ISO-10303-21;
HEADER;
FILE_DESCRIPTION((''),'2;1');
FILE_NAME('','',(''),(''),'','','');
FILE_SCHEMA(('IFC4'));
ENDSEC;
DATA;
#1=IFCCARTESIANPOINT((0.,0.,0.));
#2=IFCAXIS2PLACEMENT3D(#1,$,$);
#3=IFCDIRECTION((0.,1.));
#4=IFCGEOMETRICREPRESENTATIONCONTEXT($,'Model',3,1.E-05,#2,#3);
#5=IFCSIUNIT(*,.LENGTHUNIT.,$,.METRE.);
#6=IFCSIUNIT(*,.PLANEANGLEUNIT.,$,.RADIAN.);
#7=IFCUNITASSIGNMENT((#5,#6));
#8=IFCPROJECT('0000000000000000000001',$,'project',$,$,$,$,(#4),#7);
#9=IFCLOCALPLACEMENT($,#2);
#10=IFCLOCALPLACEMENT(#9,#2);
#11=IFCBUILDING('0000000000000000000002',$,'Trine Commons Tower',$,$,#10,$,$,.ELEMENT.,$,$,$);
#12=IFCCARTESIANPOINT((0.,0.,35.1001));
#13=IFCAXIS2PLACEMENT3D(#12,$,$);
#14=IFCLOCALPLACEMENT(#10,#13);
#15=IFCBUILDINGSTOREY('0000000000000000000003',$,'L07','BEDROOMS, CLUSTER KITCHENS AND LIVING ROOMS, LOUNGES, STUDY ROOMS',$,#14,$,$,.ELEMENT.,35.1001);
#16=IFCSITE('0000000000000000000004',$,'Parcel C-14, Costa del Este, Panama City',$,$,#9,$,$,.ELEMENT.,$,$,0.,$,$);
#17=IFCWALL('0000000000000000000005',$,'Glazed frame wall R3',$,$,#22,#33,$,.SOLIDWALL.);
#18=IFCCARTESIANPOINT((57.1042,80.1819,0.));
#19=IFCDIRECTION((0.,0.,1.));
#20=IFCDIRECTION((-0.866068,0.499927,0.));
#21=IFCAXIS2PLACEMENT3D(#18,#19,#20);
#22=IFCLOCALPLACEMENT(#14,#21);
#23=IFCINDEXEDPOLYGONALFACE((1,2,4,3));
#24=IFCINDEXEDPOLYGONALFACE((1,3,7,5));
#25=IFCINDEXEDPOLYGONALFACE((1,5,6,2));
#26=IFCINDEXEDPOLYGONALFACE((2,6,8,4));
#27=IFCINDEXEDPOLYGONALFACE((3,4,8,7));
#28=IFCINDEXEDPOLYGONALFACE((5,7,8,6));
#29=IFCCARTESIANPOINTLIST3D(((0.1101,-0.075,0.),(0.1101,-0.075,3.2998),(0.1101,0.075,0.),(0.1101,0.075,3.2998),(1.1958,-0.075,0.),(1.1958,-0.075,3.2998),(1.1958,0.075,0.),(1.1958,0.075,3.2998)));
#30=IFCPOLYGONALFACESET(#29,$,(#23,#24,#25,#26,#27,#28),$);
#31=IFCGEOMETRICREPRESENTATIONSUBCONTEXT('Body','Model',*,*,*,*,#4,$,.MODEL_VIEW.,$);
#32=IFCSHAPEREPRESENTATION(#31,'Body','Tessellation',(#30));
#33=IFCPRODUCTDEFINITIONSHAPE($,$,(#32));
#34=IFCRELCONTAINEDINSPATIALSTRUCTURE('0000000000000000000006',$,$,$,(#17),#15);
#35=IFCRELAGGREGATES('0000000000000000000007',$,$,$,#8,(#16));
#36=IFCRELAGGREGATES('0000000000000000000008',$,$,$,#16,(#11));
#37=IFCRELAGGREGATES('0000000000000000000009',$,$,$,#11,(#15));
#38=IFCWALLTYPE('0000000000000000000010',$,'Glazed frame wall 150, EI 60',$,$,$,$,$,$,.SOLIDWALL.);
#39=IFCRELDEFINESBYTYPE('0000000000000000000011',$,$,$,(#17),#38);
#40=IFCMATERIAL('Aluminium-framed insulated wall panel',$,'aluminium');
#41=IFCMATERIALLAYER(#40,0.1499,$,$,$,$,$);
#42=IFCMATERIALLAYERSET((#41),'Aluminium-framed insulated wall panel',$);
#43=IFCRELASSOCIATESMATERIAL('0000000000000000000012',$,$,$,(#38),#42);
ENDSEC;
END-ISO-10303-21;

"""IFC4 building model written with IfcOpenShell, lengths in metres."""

from ifc_helpers import new_model, si_unit, direction, frame, origin, place, context, subcontext, project, spatial, polyline, outline, extrude, material, layer, layer_set, type_object, element, save


model = new_model("IFC4")

# Units and contexts
model_context = context("Model", 3, precision=1e-05, world=origin(), true_north=direction((0.0, 1.0)))
body_context = subcontext(model_context, "Body", "Model", "MODEL_VIEW")
ifc_project = project(units=[si_unit("LENGTHUNIT", "METRE"), si_unit("PLANEANGLEUNIT", "RADIAN")], contexts=[model_context])

# Site, building, storey
site_placement = place(None, origin())
site = spatial("IfcSite", under=ifc_project, at=site_placement, Name="Parcel C-14, Costa del Este, Panama City", CompositionType="ELEMENT", RefElevation=0.0)
building_placement = place(site_placement, origin())
building = spatial("IfcBuilding", under=site, at=building_placement, Name="Trine Commons Tower", CompositionType="ELEMENT")
storey_placement = place(building_placement, frame((0.0, 0.0, 35.1001)))
storey = spatial("IfcBuildingStorey", under=building, at=storey_placement, Name="L07", Description="BEDROOMS, CLUSTER KITCHENS AND LIVING ROOMS, LOUNGES, STUDY ROOMS", CompositionType="ELEMENT", Elevation=35.1001)

# Shared definitions
ifc_material_1 = material(Name="Aluminium-framed insulated wall panel", Category="aluminium")
ifc_layer = layer(ifc_material_1, 0.1499)
ifc_layer_set = layer_set([ifc_layer], Name="Aluminium-framed insulated wall panel")
wall_type = type_object("IfcWallType", Name="Glazed frame wall 150, EI 60", PredefinedType="SOLIDWALL", material=ifc_layer_set)

# Wall
wall_1_placement = place(storey_placement, frame((57.1042, 80.1819, 0.0), z_axis=(0.0, 0.0, 1.0), x_axis=(-0.866068, 0.499927, 0.0)))
element("IfcWall", 1, at=wall_1_placement, inside=storey, type_object=wall_type, Name="Glazed frame wall R3", PredefinedType="SOLIDWALL", context=body_context, shape_type="SweptSolid", body=[
    extrude(outline(polyline([(0.1101, 0.075), (0.1101, -0.075), (1.1958, -0.075), (1.1958, 0.075), (0.1101, 0.075)])), origin(), (0.0, 0.0, 1.0), 3.2998),
])

save(model, "model.ifc")
